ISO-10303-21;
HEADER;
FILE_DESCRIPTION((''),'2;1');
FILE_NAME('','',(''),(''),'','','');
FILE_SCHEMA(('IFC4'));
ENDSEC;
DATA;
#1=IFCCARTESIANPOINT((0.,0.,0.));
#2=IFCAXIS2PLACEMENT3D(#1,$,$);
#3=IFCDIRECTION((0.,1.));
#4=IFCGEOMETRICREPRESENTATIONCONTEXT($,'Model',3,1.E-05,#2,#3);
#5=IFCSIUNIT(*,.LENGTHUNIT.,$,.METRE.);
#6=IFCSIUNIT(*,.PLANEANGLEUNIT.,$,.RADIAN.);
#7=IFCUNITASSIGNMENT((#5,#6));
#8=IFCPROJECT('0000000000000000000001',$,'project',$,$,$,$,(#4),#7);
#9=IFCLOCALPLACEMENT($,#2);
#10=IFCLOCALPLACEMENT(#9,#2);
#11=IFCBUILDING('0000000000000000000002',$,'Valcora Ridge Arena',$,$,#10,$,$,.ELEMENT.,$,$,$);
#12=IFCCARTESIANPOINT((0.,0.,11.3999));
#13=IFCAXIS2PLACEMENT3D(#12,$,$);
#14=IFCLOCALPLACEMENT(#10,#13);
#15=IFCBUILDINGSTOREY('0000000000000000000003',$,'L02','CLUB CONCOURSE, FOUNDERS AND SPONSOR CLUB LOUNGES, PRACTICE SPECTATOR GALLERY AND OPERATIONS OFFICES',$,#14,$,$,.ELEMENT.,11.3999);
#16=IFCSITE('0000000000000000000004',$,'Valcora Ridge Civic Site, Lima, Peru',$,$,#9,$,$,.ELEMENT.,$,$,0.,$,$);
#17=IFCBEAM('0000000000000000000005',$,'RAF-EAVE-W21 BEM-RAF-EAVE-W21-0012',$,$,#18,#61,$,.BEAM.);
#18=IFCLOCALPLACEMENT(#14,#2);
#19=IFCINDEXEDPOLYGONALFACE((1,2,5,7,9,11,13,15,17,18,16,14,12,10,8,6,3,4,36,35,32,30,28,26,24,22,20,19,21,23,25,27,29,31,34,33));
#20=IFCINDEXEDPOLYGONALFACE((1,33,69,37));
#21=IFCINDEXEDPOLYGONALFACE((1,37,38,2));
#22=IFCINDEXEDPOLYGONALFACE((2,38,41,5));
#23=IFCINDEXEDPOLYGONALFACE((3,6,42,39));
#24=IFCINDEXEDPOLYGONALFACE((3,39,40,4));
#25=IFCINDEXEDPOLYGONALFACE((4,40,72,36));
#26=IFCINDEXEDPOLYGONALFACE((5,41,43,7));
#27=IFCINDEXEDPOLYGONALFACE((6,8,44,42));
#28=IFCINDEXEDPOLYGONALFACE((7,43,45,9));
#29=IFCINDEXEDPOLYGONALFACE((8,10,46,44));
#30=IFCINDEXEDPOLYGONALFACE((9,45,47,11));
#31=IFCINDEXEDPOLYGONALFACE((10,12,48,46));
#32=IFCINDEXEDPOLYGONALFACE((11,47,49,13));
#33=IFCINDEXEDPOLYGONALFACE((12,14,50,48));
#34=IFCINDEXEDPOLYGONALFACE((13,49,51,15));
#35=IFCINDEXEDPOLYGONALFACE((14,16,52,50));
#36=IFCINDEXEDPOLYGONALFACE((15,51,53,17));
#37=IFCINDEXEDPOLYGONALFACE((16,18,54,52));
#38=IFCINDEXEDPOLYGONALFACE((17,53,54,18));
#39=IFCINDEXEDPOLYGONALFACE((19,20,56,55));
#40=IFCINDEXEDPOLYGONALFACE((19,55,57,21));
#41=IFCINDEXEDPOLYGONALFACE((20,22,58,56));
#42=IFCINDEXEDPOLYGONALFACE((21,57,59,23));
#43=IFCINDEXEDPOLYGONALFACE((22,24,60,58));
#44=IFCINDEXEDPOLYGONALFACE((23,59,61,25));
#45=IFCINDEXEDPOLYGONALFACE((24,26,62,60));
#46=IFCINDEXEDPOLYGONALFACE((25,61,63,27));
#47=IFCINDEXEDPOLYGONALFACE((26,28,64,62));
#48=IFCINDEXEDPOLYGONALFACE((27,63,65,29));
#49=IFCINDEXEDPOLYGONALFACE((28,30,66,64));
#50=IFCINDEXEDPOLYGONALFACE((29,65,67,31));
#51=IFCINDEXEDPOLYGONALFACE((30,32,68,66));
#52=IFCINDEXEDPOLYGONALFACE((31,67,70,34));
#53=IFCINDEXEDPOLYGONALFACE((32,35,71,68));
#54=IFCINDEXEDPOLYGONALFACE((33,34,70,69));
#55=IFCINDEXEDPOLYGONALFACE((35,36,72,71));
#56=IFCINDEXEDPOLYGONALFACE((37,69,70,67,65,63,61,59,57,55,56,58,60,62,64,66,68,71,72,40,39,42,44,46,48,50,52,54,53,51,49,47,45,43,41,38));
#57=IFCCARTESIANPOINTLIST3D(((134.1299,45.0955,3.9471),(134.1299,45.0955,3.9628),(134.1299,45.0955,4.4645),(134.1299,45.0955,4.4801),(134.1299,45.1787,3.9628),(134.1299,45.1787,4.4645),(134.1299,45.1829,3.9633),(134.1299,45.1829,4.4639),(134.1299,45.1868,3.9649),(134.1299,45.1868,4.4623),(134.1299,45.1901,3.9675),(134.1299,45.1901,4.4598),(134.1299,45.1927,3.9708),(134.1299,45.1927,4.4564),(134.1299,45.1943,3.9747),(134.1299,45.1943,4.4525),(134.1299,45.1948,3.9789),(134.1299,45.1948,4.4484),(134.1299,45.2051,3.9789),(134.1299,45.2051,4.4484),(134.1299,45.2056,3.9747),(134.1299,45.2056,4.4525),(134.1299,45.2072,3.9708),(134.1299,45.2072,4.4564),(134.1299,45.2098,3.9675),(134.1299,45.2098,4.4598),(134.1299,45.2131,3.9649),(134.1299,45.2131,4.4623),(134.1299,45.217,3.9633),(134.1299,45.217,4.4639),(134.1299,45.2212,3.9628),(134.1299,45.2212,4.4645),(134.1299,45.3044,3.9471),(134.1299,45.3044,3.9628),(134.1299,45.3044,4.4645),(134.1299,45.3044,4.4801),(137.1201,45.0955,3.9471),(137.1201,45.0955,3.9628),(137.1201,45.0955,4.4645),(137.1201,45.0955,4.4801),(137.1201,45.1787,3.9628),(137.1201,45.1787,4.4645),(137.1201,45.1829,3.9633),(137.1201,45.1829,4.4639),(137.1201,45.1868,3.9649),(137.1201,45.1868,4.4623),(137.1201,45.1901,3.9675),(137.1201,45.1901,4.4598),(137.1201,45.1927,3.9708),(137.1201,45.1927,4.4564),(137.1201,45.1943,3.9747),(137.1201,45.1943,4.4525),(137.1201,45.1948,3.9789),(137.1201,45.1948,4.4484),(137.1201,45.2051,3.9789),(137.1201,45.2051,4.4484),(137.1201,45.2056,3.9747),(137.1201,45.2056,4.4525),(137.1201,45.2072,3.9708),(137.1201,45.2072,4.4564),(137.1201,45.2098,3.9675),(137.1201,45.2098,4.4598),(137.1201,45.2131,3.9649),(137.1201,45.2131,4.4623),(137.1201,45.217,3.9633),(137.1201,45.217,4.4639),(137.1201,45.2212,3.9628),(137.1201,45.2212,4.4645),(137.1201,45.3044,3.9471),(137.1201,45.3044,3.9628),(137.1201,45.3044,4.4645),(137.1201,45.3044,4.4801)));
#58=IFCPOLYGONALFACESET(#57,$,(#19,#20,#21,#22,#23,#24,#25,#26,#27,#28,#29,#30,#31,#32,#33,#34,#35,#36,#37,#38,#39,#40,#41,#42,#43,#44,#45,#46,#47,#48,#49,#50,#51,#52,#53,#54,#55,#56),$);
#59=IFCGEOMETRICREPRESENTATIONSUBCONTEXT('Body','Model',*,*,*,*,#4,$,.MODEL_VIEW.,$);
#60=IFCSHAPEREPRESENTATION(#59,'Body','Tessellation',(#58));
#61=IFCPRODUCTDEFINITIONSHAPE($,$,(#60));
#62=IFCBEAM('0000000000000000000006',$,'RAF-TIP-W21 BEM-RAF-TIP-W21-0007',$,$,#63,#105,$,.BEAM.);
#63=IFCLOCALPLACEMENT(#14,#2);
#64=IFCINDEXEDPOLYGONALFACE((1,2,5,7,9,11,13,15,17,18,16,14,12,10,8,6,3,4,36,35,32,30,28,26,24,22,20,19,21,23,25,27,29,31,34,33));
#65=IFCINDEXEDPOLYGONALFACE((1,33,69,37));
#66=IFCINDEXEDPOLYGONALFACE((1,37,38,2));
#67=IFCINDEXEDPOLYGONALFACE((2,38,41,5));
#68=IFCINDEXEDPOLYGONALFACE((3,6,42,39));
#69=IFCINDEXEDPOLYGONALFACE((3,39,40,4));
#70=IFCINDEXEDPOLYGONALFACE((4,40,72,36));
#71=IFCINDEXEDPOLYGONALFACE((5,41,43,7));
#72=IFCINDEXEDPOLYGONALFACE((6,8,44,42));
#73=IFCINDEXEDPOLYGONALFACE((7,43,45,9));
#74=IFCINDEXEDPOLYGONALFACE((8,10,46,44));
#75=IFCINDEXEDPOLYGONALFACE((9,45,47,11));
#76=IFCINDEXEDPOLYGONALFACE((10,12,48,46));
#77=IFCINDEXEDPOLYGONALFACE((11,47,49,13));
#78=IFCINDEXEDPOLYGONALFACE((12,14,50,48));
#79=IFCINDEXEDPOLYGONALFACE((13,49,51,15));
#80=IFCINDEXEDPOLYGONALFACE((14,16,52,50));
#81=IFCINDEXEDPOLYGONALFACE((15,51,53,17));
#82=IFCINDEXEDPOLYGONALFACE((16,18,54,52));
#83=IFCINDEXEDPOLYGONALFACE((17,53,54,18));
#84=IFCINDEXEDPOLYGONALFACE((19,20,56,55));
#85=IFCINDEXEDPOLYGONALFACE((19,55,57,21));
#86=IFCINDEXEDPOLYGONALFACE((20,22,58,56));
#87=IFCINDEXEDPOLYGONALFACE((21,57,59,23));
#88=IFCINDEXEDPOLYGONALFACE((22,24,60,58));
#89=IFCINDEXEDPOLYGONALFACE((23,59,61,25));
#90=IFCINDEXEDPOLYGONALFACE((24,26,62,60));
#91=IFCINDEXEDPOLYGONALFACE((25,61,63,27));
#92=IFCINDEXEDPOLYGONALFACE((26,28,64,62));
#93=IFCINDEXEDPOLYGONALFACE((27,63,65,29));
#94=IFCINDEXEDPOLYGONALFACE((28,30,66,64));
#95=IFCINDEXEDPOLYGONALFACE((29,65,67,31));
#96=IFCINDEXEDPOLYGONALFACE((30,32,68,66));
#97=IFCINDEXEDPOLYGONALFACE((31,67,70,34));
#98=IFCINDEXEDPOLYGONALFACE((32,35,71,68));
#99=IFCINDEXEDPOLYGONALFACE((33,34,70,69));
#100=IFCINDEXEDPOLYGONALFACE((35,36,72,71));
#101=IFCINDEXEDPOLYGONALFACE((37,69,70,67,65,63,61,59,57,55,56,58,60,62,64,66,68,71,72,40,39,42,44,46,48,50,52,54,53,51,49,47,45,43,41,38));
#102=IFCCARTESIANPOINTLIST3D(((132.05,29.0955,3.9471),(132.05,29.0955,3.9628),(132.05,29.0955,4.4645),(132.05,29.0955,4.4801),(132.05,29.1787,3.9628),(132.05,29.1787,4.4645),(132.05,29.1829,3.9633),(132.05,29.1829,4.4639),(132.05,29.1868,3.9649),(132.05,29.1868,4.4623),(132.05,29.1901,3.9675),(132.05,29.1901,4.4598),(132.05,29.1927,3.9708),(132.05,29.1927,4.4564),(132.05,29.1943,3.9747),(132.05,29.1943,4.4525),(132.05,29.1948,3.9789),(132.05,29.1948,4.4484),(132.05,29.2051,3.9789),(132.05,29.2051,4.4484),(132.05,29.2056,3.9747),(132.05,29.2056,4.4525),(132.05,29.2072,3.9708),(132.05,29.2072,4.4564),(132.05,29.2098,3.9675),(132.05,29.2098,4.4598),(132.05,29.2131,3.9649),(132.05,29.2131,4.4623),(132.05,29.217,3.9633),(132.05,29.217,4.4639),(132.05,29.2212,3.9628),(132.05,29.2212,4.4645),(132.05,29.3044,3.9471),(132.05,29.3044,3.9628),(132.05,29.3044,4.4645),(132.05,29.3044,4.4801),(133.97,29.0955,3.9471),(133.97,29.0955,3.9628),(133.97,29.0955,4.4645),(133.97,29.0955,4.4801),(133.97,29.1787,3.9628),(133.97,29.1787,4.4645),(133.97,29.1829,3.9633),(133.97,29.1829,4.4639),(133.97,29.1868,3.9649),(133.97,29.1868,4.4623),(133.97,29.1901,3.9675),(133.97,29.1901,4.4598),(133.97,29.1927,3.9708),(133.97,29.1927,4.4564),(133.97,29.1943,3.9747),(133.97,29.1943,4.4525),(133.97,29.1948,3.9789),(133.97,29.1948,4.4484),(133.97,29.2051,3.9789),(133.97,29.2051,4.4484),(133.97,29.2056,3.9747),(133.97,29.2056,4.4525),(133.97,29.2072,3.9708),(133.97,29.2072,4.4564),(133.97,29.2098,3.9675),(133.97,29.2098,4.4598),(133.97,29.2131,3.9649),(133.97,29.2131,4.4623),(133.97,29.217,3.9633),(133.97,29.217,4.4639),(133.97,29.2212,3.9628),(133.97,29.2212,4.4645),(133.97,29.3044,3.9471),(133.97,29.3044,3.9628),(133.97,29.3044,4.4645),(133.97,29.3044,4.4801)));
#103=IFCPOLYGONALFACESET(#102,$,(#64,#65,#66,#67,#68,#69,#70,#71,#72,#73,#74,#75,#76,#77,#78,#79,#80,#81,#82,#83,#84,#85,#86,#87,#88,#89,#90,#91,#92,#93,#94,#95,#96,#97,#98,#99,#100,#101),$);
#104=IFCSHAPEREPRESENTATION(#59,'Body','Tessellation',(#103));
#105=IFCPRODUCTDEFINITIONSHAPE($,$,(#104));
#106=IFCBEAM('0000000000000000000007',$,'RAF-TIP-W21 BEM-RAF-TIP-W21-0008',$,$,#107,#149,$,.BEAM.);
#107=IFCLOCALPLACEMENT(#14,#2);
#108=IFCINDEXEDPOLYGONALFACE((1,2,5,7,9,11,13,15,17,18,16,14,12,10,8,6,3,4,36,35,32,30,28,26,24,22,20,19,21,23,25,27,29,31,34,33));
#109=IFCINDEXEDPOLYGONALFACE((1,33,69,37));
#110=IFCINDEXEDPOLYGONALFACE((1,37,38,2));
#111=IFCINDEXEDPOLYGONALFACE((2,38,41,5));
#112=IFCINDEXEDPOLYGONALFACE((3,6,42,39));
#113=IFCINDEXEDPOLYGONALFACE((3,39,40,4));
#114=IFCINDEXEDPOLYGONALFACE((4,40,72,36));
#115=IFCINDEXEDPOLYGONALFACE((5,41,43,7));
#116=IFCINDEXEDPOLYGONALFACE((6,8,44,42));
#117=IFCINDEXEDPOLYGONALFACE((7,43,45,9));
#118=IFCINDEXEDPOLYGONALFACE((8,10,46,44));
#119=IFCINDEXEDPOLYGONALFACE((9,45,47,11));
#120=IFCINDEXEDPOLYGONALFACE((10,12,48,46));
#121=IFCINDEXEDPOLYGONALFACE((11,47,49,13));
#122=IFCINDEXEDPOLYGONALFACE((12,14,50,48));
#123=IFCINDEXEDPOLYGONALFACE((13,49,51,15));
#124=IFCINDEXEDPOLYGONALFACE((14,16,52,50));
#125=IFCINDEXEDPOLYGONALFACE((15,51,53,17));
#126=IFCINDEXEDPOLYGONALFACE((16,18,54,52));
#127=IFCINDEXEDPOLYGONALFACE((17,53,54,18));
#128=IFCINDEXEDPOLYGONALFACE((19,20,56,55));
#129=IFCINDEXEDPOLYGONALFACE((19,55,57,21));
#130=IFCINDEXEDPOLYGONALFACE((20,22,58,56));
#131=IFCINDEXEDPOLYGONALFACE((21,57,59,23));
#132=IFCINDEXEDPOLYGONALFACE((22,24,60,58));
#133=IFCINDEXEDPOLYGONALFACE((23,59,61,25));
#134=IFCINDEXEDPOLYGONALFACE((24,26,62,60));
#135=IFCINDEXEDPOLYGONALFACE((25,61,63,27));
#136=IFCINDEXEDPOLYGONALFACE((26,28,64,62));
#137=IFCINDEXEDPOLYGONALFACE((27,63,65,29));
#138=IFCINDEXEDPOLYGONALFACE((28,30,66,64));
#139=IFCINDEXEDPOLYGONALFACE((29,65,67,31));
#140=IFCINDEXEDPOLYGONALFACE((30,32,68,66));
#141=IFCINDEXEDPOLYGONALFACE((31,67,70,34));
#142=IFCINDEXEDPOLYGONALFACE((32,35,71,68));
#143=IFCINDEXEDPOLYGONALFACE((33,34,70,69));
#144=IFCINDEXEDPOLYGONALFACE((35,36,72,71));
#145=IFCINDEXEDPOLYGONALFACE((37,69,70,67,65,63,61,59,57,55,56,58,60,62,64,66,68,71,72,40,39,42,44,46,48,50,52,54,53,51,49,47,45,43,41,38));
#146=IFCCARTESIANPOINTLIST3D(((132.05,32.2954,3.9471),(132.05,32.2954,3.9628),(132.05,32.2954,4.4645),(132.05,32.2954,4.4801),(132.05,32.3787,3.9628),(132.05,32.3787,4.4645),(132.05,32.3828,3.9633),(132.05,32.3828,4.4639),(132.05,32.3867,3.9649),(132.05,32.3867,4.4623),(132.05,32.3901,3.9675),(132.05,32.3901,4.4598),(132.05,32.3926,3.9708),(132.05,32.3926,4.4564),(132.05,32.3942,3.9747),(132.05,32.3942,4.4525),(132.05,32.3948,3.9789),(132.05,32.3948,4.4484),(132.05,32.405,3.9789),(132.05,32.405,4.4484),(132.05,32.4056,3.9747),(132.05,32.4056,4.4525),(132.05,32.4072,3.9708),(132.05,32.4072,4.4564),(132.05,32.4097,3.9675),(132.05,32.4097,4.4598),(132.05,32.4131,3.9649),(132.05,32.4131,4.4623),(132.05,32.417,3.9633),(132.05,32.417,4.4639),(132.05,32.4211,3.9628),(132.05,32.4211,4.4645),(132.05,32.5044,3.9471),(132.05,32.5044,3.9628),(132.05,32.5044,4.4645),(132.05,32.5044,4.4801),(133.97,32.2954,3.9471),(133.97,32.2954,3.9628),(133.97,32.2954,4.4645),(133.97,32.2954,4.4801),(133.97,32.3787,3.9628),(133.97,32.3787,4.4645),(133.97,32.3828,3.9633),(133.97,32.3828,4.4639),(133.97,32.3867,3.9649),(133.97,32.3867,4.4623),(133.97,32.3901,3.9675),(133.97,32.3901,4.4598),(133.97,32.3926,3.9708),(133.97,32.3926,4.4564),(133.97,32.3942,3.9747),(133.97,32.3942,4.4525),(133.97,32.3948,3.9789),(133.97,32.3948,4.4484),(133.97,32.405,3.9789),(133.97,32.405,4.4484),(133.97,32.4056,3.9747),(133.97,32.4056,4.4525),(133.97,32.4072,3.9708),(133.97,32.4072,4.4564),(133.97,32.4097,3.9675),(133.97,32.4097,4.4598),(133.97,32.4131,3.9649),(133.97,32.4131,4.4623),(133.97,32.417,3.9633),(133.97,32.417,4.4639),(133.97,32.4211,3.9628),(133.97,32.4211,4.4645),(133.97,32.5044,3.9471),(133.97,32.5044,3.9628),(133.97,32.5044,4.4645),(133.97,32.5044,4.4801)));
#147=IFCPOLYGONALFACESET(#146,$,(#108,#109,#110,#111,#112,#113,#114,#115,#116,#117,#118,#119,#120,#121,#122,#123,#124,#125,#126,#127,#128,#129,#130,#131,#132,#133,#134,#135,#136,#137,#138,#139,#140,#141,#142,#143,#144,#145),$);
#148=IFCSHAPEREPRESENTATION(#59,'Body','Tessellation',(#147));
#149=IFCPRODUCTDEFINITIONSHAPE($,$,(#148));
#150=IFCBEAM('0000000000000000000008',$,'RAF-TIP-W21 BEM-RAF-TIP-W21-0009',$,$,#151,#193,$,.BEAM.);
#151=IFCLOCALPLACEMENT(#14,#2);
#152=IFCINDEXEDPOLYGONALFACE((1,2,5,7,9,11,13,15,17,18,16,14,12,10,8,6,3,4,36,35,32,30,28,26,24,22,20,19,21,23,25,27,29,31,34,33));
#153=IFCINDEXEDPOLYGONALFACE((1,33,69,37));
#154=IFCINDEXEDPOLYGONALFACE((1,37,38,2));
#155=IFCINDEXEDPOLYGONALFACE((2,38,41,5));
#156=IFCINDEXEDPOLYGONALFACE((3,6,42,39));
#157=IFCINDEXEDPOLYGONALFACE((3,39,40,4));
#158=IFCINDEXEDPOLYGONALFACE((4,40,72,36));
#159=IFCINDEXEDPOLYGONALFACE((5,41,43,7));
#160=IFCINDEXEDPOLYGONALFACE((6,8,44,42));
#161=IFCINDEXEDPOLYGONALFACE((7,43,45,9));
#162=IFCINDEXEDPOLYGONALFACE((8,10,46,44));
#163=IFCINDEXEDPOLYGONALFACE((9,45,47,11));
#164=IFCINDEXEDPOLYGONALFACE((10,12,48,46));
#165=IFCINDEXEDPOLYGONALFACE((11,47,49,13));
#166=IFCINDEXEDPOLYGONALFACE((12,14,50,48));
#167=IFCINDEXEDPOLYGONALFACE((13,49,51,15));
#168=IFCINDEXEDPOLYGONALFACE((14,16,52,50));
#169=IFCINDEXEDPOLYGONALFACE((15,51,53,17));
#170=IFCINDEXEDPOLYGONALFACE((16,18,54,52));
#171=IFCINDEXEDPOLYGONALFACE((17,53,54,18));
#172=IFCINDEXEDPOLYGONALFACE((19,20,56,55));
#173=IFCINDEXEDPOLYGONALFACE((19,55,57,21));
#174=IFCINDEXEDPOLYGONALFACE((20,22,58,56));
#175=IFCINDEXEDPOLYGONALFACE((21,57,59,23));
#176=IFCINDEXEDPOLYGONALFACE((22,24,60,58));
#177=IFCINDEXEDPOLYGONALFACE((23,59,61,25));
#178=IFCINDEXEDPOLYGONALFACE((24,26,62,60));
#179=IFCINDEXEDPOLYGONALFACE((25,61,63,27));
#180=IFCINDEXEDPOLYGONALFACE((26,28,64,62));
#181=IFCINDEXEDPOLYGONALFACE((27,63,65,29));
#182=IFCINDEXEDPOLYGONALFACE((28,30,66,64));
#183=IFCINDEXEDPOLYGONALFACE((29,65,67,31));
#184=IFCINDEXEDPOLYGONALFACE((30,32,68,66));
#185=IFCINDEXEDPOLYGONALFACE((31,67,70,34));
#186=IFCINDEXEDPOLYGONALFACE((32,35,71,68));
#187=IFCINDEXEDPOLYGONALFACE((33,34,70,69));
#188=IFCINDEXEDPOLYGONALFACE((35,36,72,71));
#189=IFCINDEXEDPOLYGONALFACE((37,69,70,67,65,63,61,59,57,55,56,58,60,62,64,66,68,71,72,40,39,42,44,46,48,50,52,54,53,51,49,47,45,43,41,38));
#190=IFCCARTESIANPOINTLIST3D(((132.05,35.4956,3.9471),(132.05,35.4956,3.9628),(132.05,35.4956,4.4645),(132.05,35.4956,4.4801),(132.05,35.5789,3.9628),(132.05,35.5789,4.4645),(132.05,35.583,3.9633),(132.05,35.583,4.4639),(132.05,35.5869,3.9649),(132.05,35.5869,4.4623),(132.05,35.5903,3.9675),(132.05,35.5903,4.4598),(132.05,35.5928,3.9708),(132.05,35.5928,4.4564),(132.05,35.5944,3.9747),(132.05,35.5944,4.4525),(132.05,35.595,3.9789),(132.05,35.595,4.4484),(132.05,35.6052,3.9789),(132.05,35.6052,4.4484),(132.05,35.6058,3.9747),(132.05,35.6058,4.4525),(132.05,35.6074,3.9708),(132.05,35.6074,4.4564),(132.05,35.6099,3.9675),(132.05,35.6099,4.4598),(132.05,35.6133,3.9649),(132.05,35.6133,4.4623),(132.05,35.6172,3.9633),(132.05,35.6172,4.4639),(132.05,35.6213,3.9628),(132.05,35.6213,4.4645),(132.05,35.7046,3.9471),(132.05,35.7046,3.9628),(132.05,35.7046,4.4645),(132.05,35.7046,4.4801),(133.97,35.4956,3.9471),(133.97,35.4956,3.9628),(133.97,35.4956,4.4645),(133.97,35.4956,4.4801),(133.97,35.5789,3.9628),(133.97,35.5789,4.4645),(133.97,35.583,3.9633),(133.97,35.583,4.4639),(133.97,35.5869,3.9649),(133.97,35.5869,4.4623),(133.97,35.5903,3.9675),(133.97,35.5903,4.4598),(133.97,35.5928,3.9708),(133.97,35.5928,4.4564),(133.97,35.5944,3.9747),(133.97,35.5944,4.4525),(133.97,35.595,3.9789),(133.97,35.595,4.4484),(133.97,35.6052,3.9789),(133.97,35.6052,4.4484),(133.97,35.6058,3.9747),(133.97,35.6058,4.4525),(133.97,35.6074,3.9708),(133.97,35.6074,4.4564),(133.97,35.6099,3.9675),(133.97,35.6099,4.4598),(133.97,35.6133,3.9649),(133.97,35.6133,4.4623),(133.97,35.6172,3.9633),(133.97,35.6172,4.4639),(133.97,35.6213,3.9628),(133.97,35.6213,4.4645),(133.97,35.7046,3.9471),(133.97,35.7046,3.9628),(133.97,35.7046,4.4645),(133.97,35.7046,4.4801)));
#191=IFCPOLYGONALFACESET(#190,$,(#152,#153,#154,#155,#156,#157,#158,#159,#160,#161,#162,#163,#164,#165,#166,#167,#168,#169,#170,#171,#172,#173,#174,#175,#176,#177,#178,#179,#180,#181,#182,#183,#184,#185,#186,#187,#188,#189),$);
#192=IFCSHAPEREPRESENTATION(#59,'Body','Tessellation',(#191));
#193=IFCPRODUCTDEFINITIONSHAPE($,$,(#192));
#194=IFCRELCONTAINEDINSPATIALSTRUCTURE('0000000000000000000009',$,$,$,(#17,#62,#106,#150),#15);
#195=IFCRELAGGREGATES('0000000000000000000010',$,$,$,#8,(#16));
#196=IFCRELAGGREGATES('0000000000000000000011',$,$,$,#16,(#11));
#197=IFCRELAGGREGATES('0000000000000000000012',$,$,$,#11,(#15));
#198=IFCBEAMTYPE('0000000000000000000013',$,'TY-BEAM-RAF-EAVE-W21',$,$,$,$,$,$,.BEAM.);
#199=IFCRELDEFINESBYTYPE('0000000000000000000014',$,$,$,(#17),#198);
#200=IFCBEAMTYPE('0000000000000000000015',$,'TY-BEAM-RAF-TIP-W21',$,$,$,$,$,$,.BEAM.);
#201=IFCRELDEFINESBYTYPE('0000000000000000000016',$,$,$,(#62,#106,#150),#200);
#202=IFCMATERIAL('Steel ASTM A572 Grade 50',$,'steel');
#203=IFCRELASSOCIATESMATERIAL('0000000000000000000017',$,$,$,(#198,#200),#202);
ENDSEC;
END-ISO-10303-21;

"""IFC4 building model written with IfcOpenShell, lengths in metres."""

from ifc_helpers import new_model, si_unit, direction, frame, origin, origin_2d, place, context, subcontext, project, spatial, i_section, extrude, material, material_profile, profile_set, type_object, element, save


model = new_model("IFC4")

# Units and contexts
model_context = context("Model", 3, precision=1e-05, world=origin(), true_north=direction((0.0, 1.0)))
body_context = subcontext(model_context, "Body", "Model", "MODEL_VIEW")
ifc_project = project(units=[si_unit("LENGTHUNIT", "METRE"), si_unit("PLANEANGLEUNIT", "RADIAN")], contexts=[model_context])

# Site, building, storey
site_placement = place(None, origin())
site = spatial("IfcSite", under=ifc_project, at=site_placement, Name="Valcora Ridge Civic Site, Lima, Peru", CompositionType="ELEMENT", RefElevation=0.0)
building_placement = place(site_placement, origin())
building = spatial("IfcBuilding", under=site, at=building_placement, Name="Valcora Ridge Arena", CompositionType="ELEMENT")
storey_placement = place(building_placement, frame((0.0, 0.0, 11.3999)))
storey = spatial("IfcBuildingStorey", under=building, at=storey_placement, Name="L02", Description="CLUB CONCOURSE, FOUNDERS AND SPONSOR CLUB LOUNGES, PRACTICE SPECTATOR GALLERY AND OPERATIONS OFFICES", CompositionType="ELEMENT", Elevation=11.3999)

# Beams
ifc_material_1 = material(Name="Steel ASTM A572 Grade 50", Category="steel")
ifc_material_profile_1 = material_profile(ifc_material_1, i_section(OverallWidth=0.209, OverallDepth=0.533, WebThickness=0.0103, FlangeThickness=0.0156, FilletRadius=0.0161, at=origin_2d()), Name="W21X62")
ifc_profile_set_1 = profile_set([ifc_material_profile_1], Name="Steel ASTM A572 Grade 50")
beam_type_1 = type_object("IfcBeamType", Name="TY-BEAM-RAF-EAVE-W21", PredefinedType="BEAM", material=ifc_profile_set_1)
for number, where, z_axis, x_axis, name in (
    (1, (134.1299, 45.2, 4.2136), (1.0, 0.0, 0.0), (0.0, 1.0, 0.0), "RAF-EAVE-W21 BEM-RAF-EAVE-W21-0012"),
):
    element("IfcBeam", number, at=place(storey_placement, frame(where, z_axis=z_axis, x_axis=x_axis)), inside=storey, type_object=beam_type_1, Name=name, PredefinedType="BEAM", context=body_context, shape_type="SweptSolid", body=[
        extrude(i_section(OverallWidth=0.209, OverallDepth=0.533, WebThickness=0.0103, FlangeThickness=0.0156, FilletRadius=0.0161, at=origin_2d()), origin(), (0.0, 0.0, 1.0), 2.9902),
    ])
ifc_material_profile_2 = material_profile(ifc_material_1, i_section(OverallWidth=0.209, OverallDepth=0.533, WebThickness=0.0103, FlangeThickness=0.0156, FilletRadius=0.0161, at=origin_2d()), Name="W21X62")
ifc_profile_set_2 = profile_set([ifc_material_profile_2], Name="Steel ASTM A572 Grade 50")
beam_type_2 = type_object("IfcBeamType", Name="TY-BEAM-RAF-TIP-W21", PredefinedType="BEAM", material=ifc_profile_set_2)
for number, where, z_axis, x_axis, name in (
    (2, (132.05, 29.2, 4.2136), (1.0, 0.0, 0.0), (0.0, 1.0, 0.0), "RAF-TIP-W21 BEM-RAF-TIP-W21-0007"),
    (3, (132.05, 32.3999, 4.2136), (1.0, 0.0, 0.0), (0.0, 1.0, 0.0), "RAF-TIP-W21 BEM-RAF-TIP-W21-0008"),
    (4, (132.05, 35.6001, 4.2136), (1.0, 0.0, 0.0), (0.0, 1.0, 0.0), "RAF-TIP-W21 BEM-RAF-TIP-W21-0009"),
):
    element("IfcBeam", number, at=place(storey_placement, frame(where, z_axis=z_axis, x_axis=x_axis)), inside=storey, type_object=beam_type_2, Name=name, PredefinedType="BEAM", context=body_context, shape_type="SweptSolid", body=[
        extrude(i_section(OverallWidth=0.209, OverallDepth=0.533, WebThickness=0.0103, FlangeThickness=0.0156, FilletRadius=0.0161, at=origin_2d()), origin(), (0.0, 0.0, 1.0), 1.9199),
    ])

save(model, "model.ifc")
